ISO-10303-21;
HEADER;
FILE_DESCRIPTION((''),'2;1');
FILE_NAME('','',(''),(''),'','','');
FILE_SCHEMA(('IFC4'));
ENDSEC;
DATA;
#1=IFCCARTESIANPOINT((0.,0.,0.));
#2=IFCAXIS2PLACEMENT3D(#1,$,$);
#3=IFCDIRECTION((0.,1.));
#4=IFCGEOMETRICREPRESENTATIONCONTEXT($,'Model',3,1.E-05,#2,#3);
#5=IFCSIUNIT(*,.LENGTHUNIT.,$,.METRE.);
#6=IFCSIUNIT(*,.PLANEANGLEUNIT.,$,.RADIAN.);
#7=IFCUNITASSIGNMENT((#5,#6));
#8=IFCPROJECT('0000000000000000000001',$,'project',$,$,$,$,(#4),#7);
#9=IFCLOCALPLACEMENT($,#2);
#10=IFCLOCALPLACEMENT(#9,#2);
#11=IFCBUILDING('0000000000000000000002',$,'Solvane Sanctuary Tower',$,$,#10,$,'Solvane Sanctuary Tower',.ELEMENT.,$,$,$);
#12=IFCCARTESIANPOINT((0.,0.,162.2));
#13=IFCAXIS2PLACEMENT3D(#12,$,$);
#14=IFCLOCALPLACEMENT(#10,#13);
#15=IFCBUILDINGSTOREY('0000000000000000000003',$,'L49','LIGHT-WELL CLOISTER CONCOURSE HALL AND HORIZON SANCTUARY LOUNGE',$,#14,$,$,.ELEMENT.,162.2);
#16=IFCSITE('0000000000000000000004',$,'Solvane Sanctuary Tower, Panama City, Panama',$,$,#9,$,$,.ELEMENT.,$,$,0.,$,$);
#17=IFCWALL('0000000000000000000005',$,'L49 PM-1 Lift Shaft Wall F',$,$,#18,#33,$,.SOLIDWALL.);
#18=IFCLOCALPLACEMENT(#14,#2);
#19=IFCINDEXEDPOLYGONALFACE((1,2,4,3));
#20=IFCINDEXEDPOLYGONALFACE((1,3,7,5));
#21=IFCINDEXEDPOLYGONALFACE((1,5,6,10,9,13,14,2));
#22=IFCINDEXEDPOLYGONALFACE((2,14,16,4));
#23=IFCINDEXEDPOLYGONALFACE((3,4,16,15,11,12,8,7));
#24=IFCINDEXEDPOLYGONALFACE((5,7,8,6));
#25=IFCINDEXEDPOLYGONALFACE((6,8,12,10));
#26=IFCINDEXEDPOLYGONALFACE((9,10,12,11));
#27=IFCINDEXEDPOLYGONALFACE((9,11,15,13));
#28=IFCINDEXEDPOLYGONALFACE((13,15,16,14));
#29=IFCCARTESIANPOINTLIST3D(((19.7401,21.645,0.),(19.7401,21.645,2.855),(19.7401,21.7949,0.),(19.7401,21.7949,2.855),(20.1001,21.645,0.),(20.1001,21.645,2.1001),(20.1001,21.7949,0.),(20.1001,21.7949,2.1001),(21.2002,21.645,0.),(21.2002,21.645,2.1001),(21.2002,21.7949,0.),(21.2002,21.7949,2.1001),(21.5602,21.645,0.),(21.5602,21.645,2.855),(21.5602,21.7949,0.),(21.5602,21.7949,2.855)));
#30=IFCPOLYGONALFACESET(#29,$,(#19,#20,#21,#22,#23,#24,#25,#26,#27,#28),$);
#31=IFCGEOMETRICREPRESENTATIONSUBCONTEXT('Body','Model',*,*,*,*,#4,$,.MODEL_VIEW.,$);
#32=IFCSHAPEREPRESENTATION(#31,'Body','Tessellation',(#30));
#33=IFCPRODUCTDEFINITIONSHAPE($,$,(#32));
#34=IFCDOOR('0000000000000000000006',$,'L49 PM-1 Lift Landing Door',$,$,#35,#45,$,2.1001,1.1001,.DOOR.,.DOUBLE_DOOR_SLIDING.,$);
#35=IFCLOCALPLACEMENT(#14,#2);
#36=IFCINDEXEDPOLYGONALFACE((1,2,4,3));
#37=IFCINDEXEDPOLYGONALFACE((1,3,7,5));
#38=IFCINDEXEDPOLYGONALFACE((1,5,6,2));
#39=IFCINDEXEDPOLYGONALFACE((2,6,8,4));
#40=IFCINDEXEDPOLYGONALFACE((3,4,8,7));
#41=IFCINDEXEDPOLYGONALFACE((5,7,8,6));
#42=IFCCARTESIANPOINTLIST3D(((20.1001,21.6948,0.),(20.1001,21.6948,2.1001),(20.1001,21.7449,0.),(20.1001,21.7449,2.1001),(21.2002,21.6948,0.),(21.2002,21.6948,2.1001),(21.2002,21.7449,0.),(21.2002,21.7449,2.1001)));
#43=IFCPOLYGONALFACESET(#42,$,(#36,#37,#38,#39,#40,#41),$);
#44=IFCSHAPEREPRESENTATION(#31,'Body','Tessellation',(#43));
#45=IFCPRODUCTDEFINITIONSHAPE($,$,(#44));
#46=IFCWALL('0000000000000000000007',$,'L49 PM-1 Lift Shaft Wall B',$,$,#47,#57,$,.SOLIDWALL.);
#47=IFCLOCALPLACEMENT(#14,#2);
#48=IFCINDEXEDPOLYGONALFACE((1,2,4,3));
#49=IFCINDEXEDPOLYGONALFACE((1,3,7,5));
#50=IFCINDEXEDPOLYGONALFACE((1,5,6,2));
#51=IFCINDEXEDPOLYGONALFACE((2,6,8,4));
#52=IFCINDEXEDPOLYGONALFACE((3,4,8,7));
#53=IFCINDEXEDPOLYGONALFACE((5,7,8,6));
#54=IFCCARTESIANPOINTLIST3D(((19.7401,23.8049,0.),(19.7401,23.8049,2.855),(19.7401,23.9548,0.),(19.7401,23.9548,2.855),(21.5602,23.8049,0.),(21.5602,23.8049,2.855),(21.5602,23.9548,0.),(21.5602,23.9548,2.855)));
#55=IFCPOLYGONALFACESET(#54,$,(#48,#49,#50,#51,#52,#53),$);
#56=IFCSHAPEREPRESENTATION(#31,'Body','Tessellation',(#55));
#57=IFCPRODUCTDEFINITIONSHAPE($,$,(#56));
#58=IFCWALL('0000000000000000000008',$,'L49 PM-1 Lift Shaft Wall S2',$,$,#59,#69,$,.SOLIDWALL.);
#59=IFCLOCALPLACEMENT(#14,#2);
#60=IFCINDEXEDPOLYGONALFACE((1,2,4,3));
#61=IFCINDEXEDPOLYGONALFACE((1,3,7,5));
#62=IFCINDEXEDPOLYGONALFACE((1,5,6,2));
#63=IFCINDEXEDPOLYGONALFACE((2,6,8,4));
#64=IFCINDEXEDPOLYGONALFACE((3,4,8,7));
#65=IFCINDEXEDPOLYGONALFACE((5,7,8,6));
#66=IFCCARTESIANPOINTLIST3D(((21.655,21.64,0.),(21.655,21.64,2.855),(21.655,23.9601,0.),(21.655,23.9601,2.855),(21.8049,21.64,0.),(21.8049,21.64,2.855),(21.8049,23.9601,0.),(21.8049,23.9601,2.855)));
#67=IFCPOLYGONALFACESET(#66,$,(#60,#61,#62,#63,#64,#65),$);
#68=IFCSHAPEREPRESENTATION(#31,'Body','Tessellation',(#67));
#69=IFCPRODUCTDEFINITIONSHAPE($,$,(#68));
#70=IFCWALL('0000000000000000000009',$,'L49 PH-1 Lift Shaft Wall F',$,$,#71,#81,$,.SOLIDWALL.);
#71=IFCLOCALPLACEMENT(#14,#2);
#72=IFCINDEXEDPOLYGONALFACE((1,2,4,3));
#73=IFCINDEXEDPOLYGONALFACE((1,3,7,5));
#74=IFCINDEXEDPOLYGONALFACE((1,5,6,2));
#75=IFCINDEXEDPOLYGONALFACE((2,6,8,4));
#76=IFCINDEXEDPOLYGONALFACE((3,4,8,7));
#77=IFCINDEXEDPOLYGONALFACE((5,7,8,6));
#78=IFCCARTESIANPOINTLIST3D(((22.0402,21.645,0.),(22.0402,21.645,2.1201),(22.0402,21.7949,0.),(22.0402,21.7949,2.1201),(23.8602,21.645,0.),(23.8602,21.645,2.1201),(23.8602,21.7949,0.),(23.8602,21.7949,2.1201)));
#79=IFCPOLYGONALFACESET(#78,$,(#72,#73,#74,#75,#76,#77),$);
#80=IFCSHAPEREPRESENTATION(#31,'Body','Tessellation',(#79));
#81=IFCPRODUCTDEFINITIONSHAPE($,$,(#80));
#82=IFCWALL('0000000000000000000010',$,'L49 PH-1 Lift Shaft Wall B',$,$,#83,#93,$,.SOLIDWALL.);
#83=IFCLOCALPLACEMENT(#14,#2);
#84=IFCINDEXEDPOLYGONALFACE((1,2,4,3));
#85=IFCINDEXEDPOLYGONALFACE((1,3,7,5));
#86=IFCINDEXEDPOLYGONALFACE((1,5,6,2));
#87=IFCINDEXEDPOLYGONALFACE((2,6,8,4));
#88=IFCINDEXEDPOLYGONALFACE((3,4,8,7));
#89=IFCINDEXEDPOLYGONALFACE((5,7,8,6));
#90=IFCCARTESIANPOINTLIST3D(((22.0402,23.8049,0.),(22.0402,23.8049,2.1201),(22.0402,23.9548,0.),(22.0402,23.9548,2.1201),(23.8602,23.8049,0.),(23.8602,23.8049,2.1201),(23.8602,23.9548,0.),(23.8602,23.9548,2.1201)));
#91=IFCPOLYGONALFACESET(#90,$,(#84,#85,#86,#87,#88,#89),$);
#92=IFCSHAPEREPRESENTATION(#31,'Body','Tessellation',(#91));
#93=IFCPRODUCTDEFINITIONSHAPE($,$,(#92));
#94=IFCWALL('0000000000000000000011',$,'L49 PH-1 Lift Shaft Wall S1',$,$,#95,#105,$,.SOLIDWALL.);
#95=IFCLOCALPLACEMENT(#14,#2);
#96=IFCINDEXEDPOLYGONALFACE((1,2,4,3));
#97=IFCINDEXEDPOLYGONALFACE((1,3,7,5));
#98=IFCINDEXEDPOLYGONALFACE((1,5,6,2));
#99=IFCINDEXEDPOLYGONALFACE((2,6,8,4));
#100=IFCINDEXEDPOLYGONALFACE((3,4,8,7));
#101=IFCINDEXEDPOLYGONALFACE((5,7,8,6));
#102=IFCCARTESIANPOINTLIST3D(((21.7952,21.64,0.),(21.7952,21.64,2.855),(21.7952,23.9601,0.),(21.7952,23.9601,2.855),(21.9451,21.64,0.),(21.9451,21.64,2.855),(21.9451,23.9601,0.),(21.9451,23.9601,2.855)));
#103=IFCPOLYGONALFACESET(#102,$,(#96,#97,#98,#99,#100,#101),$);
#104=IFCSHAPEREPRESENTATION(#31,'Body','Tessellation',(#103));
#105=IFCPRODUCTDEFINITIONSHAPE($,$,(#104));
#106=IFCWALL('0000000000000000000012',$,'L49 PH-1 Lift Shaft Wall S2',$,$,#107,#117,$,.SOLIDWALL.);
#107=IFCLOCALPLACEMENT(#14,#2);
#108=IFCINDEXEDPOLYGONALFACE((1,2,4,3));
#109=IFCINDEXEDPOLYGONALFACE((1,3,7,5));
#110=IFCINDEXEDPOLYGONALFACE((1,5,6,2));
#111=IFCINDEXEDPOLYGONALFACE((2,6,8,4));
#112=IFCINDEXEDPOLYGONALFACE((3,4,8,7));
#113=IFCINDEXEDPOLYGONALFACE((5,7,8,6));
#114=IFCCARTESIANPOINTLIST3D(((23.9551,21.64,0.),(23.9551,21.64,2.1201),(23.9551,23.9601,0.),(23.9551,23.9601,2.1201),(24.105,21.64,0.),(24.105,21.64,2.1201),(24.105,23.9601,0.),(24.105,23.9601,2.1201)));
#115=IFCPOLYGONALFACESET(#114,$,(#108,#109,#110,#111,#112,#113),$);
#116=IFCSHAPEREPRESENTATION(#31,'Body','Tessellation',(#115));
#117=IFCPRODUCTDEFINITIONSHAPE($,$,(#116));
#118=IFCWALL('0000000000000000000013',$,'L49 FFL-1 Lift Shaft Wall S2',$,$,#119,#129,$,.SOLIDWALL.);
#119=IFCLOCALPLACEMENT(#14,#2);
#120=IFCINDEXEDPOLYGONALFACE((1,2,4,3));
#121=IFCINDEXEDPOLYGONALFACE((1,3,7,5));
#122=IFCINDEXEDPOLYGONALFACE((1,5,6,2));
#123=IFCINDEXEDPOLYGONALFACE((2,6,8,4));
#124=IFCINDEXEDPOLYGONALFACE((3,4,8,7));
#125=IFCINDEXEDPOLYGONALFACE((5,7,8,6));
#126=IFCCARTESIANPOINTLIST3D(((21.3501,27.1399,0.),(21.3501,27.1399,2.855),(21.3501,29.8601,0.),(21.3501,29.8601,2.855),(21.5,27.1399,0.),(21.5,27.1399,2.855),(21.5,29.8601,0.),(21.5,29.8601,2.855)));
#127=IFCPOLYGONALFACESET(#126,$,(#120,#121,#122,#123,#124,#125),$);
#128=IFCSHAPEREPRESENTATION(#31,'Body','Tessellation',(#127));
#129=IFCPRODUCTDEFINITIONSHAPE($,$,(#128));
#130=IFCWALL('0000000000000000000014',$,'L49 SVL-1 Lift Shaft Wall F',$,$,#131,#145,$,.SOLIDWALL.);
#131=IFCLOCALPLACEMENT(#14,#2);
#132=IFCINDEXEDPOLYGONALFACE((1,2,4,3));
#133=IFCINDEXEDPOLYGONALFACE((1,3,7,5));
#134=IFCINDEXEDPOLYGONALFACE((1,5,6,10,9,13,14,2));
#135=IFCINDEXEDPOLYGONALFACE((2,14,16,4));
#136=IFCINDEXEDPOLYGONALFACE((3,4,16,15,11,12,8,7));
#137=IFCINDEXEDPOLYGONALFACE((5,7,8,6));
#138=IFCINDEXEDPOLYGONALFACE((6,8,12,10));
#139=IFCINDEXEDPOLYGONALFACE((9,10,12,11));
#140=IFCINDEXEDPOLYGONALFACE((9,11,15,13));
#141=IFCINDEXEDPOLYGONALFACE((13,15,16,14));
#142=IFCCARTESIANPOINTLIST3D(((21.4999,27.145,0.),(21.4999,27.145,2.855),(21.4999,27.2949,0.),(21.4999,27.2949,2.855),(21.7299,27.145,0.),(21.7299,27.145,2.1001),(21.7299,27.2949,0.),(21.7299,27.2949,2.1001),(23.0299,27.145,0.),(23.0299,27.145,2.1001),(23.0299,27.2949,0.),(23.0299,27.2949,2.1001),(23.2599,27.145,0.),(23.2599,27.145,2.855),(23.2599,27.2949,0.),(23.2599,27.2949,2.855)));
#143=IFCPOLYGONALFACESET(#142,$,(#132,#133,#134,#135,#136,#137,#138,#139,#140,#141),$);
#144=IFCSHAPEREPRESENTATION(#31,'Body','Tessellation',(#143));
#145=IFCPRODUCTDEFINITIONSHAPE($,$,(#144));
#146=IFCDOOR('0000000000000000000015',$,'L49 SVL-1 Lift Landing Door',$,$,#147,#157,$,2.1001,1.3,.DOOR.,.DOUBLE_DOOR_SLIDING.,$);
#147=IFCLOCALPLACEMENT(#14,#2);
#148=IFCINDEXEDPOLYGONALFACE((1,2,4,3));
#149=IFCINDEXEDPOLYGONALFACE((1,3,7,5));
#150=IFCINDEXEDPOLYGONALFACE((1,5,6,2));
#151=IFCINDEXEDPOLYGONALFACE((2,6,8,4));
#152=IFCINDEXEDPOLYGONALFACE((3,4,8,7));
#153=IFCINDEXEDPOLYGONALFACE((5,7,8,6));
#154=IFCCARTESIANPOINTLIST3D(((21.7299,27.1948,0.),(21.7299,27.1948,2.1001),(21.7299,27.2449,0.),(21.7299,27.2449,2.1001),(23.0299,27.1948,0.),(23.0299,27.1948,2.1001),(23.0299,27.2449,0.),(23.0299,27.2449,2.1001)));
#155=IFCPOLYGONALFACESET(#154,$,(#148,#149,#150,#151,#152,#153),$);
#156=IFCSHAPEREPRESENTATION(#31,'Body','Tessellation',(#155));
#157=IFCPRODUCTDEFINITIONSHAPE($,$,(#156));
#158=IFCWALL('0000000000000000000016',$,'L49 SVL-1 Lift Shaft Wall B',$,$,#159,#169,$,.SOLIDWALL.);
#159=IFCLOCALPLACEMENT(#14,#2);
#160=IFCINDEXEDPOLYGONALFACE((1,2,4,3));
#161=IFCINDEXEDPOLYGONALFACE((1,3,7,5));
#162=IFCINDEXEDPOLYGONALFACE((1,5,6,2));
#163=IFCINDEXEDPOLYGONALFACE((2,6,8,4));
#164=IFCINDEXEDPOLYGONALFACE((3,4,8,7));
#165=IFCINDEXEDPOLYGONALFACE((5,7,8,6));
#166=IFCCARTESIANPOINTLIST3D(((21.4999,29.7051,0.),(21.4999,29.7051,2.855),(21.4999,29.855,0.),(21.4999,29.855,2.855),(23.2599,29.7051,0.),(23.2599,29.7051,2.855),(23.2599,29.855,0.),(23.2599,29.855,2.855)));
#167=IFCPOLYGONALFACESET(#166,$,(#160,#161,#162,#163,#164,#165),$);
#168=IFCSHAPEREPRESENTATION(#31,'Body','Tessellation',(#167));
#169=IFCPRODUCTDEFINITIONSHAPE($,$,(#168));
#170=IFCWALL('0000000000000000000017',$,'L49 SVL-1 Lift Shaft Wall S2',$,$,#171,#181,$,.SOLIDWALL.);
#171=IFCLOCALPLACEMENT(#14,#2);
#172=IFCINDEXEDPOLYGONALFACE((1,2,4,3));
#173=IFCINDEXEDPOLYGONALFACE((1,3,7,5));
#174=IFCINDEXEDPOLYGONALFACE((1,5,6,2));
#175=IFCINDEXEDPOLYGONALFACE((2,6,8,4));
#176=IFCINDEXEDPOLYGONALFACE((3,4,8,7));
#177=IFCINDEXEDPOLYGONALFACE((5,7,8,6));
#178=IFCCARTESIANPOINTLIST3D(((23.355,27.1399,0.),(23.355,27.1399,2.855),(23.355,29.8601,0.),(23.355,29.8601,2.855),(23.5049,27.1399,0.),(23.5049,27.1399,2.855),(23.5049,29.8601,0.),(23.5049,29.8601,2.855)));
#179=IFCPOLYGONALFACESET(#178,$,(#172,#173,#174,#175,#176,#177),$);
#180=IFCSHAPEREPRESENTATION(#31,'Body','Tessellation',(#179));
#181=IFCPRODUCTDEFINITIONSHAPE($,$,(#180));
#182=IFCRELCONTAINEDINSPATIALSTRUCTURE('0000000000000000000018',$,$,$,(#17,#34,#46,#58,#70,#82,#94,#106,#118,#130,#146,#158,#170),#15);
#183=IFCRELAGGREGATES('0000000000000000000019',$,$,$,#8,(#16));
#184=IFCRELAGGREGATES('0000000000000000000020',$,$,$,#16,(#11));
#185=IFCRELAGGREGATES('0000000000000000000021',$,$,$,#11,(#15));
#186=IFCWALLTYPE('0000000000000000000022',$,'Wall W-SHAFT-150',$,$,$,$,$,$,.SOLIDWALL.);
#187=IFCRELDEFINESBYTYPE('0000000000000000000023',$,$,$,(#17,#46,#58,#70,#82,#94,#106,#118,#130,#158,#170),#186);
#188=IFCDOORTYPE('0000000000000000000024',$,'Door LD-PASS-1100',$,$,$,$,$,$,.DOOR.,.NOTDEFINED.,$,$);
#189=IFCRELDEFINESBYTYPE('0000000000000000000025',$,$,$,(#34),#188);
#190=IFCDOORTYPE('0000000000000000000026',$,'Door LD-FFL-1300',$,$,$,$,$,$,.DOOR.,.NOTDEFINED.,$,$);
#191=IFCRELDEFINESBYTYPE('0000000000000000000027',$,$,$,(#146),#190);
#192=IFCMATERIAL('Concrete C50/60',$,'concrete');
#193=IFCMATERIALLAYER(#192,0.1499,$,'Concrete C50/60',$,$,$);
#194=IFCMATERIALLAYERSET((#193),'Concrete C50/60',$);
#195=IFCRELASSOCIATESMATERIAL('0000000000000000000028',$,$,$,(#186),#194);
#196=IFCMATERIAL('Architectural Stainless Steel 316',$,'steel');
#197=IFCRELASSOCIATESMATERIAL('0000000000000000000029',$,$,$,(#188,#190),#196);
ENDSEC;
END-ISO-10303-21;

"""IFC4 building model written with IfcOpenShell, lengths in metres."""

from ifc_helpers import new_model, si_unit, direction, frame, frame_2d, origin, place, context, subcontext, project, spatial, rectangle, extrude, material, layer, layer_set, type_object, element, fill, save


model = new_model("IFC4")

# Units and contexts
model_context = context("Model", 3, precision=1e-05, world=origin(), true_north=direction((0.0, 1.0)))
body_context = subcontext(model_context, "Body", "Model", "MODEL_VIEW")
ifc_project = project(units=[si_unit("LENGTHUNIT", "METRE"), si_unit("PLANEANGLEUNIT", "RADIAN")], contexts=[model_context])

# Site, building, storey
site_placement = place(None, origin())
site = spatial("IfcSite", under=ifc_project, at=site_placement, Name="Solvane Sanctuary Tower, Panama City, Panama", CompositionType="ELEMENT", RefElevation=0.0)
building_placement = place(site_placement, origin())
building = spatial("IfcBuilding", under=site, at=building_placement, Name="Solvane Sanctuary Tower", LongName="Solvane Sanctuary Tower", CompositionType="ELEMENT")
storey_placement = place(building_placement, frame((0.0, 0.0, 162.2)))
storey = spatial("IfcBuildingStorey", under=building, at=storey_placement, Name="L49", Description="LIGHT-WELL CLOISTER CONCOURSE HALL AND HORIZON SANCTUARY LOUNGE", CompositionType="ELEMENT", Elevation=162.2)

# Shared definitions
ifc_material_1 = material(Name="Concrete C50/60", Category="concrete")

# Shared definitions
ifc_material_2 = material(Name="Architectural Stainless Steel 316", Category="steel")

# Wall, opening, door
ifc_layer_1 = layer(ifc_material_1, 0.1499, Name="Concrete C50/60")
ifc_layer_set_1 = layer_set([ifc_layer_1], Name="Concrete C50/60")
wall_type_1 = type_object("IfcWallType", Name="Wall W-SHAFT-150", PredefinedType="SOLIDWALL", material=ifc_layer_set_1)
wall_1_placement = place(storey_placement, frame((19.74, 21.72, 0.0), z_axis=(0.0, 0.0, 1.0), x_axis=(1.0, 0.0, 0.0)))
wall_1 = element("IfcWall", 1, at=wall_1_placement, inside=storey, type_object=wall_type_1, Name="L49 PM-1 Lift Shaft Wall F", PredefinedType="SOLIDWALL", context=body_context, shape_type="SweptSolid", body=[
    extrude(rectangle(XDim=1.8201, YDim=0.1499, at=frame_2d((0.9102, 0.0))), origin(), (0.0, 0.0, 1.0), 2.855),
])
opening_1_placement = place(wall_1_placement, frame((0.3601, 0.0, 0.0)))
opening_1 = element("IfcOpeningElement", 2, at=opening_1_placement, cuts=wall_1, PredefinedType="OPENING", context=body_context, shape_type="SweptSolid", body=[
    extrude(rectangle(XDim=1.1001, YDim=2.1001, at=frame_2d((0.55, 1.05))), frame((0.0, 0.085, 0.0), z_axis=(0.0, -1.0, 0.0), x_axis=(1.0, 0.0, 0.0)), (0.0, 0.0, 1.0), 0.1699),
])
door_type_1 = type_object("IfcDoorType", Name="Door LD-PASS-1100", OperationType="NOTDEFINED", PredefinedType="DOOR", material=ifc_material_2)
door_1_placement = place(opening_1_placement, origin())
door_1 = element("IfcDoor", 3, at=door_1_placement, inside=storey, type_object=door_type_1, Name="L49 PM-1 Lift Landing Door", OperationType="DOUBLE_DOOR_SLIDING", OverallHeight=2.1001, OverallWidth=1.1001, PredefinedType="DOOR", context=body_context, shape_type="SweptSolid", body=[
    extrude(rectangle(XDim=1.1001, YDim=2.1001, at=frame_2d((0.55, 1.05))), frame((0.0, 0.0249, 0.0), z_axis=(0.0, -1.0, 0.0), x_axis=(1.0, 0.0, 0.0)), (0.0, 0.0, 1.0), 0.05),
])
fill(opening_1, door_1)

# Walls
wall_2_placement = place(storey_placement, frame((19.74, 23.8799, 0.0), z_axis=(0.0, 0.0, 1.0), x_axis=(1.0, 0.0, 0.0)))
element("IfcWall", 4, at=wall_2_placement, inside=storey, type_object=wall_type_1, Name="L49 PM-1 Lift Shaft Wall B", PredefinedType="SOLIDWALL", context=body_context, shape_type="SweptSolid", body=[
    extrude(rectangle(XDim=1.8201, YDim=0.1499, at=frame_2d((0.9102, 0.0))), origin(), (0.0, 0.0, 1.0), 2.855),
])
wall_3_placement = place(storey_placement, frame((21.73, 21.6399, 0.0), z_axis=(0.0, 0.0, 1.0), x_axis=(0.0, 1.0, 0.0)))
element("IfcWall", 5, at=wall_3_placement, inside=storey, type_object=wall_type_1, Name="L49 PM-1 Lift Shaft Wall S2", PredefinedType="SOLIDWALL", context=body_context, shape_type="SweptSolid", body=[
    extrude(rectangle(XDim=2.3201, YDim=0.1499, at=frame_2d((1.1602, 0.0))), origin(), (0.0, 0.0, 1.0), 2.855),
])
for number, where, z_axis, x_axis, name in (
    (6, (22.04, 21.72, 0.0), (0.0, 0.0, 1.0), (1.0, 0.0, 0.0), "L49 PH-1 Lift Shaft Wall F"),
    (7, (22.04, 23.8799, 0.0), (0.0, 0.0, 1.0), (1.0, 0.0, 0.0), "L49 PH-1 Lift Shaft Wall B"),
):
    element("IfcWall", number, at=place(storey_placement, frame(where, z_axis=z_axis, x_axis=x_axis)), inside=storey, type_object=wall_type_1, Name=name, PredefinedType="SOLIDWALL", context=body_context, shape_type="SweptSolid", body=[
        extrude(rectangle(XDim=1.8201, YDim=0.1499, at=frame_2d((0.9102, 0.0))), origin(), (0.0, 0.0, 1.0), 2.1201),
    ])
wall_4_placement = place(storey_placement, frame((21.8701, 21.6399, 0.0), z_axis=(0.0, 0.0, 1.0), x_axis=(0.0, 1.0, 0.0)))
element("IfcWall", 8, at=wall_4_placement, inside=storey, type_object=wall_type_1, Name="L49 PH-1 Lift Shaft Wall S1", PredefinedType="SOLIDWALL", context=body_context, shape_type="SweptSolid", body=[
    extrude(rectangle(XDim=2.3201, YDim=0.1499, at=frame_2d((1.1602, 0.0))), origin(), (0.0, 0.0, 1.0), 2.855),
])
wall_5_placement = place(storey_placement, frame((24.03, 21.6399, 0.0), z_axis=(0.0, 0.0, 1.0), x_axis=(0.0, 1.0, 0.0)))
element("IfcWall", 9, at=wall_5_placement, inside=storey, type_object=wall_type_1, Name="L49 PH-1 Lift Shaft Wall S2", PredefinedType="SOLIDWALL", context=body_context, shape_type="SweptSolid", body=[
    extrude(rectangle(XDim=2.3201, YDim=0.1499, at=frame_2d((1.1602, 0.0))), origin(), (0.0, 0.0, 1.0), 2.1201),
])
wall_6_placement = place(storey_placement, frame((21.425, 27.1399, 0.0), z_axis=(0.0, 0.0, 1.0), x_axis=(0.0, 1.0, 0.0)))
element("IfcWall", 10, at=wall_6_placement, inside=storey, type_object=wall_type_1, Name="L49 FFL-1 Lift Shaft Wall S2", PredefinedType="SOLIDWALL", context=body_context, shape_type="SweptSolid", body=[
    extrude(rectangle(XDim=2.7202, YDim=0.1499, at=frame_2d((1.3601, 0.0))), origin(), (0.0, 0.0, 1.0), 2.855),
])

# Wall, opening, door
wall_7_placement = place(storey_placement, frame((21.5, 27.22, 0.0), z_axis=(0.0, 0.0, 1.0), x_axis=(1.0, 0.0, 0.0)))
wall_7 = element("IfcWall", 11, at=wall_7_placement, inside=storey, type_object=wall_type_1, Name="L49 SVL-1 Lift Shaft Wall F", PredefinedType="SOLIDWALL", context=body_context, shape_type="SweptSolid", body=[
    extrude(rectangle(XDim=1.76, YDim=0.1499, at=frame_2d((0.8799, 0.0))), origin(), (0.0, 0.0, 1.0), 2.855),
])
opening_2_placement = place(wall_7_placement, frame((0.23, 0.0, 0.0)))
opening_2 = element("IfcOpeningElement", 12, at=opening_2_placement, cuts=wall_7, PredefinedType="OPENING", context=body_context, shape_type="SweptSolid", body=[
    extrude(rectangle(XDim=1.3, YDim=2.1001, at=frame_2d((0.6499, 1.05))), frame((0.0, 0.085, 0.0), z_axis=(0.0, -1.0, 0.0), x_axis=(1.0, 0.0, 0.0)), (0.0, 0.0, 1.0), 0.1699),
])
door_type_2 = type_object("IfcDoorType", Name="Door LD-FFL-1300", OperationType="NOTDEFINED", PredefinedType="DOOR", material=ifc_material_2)
door_2_placement = place(opening_2_placement, origin())
door_2 = element("IfcDoor", 13, at=door_2_placement, inside=storey, type_object=door_type_2, Name="L49 SVL-1 Lift Landing Door", OperationType="DOUBLE_DOOR_SLIDING", OverallHeight=2.1001, OverallWidth=1.3, PredefinedType="DOOR", context=body_context, shape_type="SweptSolid", body=[
    extrude(rectangle(XDim=1.3, YDim=2.1001, at=frame_2d((0.6499, 1.05))), frame((0.0, 0.0249, 0.0), z_axis=(0.0, -1.0, 0.0), x_axis=(1.0, 0.0, 0.0)), (0.0, 0.0, 1.0), 0.05),
])
fill(opening_2, door_2)

# Walls
wall_8_placement = place(storey_placement, frame((21.5, 29.78, 0.0), z_axis=(0.0, 0.0, 1.0), x_axis=(1.0, 0.0, 0.0)))
element("IfcWall", 14, at=wall_8_placement, inside=storey, type_object=wall_type_1, Name="L49 SVL-1 Lift Shaft Wall B", PredefinedType="SOLIDWALL", context=body_context, shape_type="SweptSolid", body=[
    extrude(rectangle(XDim=1.76, YDim=0.1499, at=frame_2d((0.8799, 0.0))), origin(), (0.0, 0.0, 1.0), 2.855),
])
wall_9_placement = place(storey_placement, frame((23.4299, 27.1399, 0.0), z_axis=(0.0, 0.0, 1.0), x_axis=(0.0, 1.0, 0.0)))
element("IfcWall", 15, at=wall_9_placement, inside=storey, type_object=wall_type_1, Name="L49 SVL-1 Lift Shaft Wall S2", PredefinedType="SOLIDWALL", context=body_context, shape_type="SweptSolid", body=[
    extrude(rectangle(XDim=2.7202, YDim=0.1499, at=frame_2d((1.3601, 0.0))), origin(), (0.0, 0.0, 1.0), 2.855),
])

save(model, "model.ifc")
